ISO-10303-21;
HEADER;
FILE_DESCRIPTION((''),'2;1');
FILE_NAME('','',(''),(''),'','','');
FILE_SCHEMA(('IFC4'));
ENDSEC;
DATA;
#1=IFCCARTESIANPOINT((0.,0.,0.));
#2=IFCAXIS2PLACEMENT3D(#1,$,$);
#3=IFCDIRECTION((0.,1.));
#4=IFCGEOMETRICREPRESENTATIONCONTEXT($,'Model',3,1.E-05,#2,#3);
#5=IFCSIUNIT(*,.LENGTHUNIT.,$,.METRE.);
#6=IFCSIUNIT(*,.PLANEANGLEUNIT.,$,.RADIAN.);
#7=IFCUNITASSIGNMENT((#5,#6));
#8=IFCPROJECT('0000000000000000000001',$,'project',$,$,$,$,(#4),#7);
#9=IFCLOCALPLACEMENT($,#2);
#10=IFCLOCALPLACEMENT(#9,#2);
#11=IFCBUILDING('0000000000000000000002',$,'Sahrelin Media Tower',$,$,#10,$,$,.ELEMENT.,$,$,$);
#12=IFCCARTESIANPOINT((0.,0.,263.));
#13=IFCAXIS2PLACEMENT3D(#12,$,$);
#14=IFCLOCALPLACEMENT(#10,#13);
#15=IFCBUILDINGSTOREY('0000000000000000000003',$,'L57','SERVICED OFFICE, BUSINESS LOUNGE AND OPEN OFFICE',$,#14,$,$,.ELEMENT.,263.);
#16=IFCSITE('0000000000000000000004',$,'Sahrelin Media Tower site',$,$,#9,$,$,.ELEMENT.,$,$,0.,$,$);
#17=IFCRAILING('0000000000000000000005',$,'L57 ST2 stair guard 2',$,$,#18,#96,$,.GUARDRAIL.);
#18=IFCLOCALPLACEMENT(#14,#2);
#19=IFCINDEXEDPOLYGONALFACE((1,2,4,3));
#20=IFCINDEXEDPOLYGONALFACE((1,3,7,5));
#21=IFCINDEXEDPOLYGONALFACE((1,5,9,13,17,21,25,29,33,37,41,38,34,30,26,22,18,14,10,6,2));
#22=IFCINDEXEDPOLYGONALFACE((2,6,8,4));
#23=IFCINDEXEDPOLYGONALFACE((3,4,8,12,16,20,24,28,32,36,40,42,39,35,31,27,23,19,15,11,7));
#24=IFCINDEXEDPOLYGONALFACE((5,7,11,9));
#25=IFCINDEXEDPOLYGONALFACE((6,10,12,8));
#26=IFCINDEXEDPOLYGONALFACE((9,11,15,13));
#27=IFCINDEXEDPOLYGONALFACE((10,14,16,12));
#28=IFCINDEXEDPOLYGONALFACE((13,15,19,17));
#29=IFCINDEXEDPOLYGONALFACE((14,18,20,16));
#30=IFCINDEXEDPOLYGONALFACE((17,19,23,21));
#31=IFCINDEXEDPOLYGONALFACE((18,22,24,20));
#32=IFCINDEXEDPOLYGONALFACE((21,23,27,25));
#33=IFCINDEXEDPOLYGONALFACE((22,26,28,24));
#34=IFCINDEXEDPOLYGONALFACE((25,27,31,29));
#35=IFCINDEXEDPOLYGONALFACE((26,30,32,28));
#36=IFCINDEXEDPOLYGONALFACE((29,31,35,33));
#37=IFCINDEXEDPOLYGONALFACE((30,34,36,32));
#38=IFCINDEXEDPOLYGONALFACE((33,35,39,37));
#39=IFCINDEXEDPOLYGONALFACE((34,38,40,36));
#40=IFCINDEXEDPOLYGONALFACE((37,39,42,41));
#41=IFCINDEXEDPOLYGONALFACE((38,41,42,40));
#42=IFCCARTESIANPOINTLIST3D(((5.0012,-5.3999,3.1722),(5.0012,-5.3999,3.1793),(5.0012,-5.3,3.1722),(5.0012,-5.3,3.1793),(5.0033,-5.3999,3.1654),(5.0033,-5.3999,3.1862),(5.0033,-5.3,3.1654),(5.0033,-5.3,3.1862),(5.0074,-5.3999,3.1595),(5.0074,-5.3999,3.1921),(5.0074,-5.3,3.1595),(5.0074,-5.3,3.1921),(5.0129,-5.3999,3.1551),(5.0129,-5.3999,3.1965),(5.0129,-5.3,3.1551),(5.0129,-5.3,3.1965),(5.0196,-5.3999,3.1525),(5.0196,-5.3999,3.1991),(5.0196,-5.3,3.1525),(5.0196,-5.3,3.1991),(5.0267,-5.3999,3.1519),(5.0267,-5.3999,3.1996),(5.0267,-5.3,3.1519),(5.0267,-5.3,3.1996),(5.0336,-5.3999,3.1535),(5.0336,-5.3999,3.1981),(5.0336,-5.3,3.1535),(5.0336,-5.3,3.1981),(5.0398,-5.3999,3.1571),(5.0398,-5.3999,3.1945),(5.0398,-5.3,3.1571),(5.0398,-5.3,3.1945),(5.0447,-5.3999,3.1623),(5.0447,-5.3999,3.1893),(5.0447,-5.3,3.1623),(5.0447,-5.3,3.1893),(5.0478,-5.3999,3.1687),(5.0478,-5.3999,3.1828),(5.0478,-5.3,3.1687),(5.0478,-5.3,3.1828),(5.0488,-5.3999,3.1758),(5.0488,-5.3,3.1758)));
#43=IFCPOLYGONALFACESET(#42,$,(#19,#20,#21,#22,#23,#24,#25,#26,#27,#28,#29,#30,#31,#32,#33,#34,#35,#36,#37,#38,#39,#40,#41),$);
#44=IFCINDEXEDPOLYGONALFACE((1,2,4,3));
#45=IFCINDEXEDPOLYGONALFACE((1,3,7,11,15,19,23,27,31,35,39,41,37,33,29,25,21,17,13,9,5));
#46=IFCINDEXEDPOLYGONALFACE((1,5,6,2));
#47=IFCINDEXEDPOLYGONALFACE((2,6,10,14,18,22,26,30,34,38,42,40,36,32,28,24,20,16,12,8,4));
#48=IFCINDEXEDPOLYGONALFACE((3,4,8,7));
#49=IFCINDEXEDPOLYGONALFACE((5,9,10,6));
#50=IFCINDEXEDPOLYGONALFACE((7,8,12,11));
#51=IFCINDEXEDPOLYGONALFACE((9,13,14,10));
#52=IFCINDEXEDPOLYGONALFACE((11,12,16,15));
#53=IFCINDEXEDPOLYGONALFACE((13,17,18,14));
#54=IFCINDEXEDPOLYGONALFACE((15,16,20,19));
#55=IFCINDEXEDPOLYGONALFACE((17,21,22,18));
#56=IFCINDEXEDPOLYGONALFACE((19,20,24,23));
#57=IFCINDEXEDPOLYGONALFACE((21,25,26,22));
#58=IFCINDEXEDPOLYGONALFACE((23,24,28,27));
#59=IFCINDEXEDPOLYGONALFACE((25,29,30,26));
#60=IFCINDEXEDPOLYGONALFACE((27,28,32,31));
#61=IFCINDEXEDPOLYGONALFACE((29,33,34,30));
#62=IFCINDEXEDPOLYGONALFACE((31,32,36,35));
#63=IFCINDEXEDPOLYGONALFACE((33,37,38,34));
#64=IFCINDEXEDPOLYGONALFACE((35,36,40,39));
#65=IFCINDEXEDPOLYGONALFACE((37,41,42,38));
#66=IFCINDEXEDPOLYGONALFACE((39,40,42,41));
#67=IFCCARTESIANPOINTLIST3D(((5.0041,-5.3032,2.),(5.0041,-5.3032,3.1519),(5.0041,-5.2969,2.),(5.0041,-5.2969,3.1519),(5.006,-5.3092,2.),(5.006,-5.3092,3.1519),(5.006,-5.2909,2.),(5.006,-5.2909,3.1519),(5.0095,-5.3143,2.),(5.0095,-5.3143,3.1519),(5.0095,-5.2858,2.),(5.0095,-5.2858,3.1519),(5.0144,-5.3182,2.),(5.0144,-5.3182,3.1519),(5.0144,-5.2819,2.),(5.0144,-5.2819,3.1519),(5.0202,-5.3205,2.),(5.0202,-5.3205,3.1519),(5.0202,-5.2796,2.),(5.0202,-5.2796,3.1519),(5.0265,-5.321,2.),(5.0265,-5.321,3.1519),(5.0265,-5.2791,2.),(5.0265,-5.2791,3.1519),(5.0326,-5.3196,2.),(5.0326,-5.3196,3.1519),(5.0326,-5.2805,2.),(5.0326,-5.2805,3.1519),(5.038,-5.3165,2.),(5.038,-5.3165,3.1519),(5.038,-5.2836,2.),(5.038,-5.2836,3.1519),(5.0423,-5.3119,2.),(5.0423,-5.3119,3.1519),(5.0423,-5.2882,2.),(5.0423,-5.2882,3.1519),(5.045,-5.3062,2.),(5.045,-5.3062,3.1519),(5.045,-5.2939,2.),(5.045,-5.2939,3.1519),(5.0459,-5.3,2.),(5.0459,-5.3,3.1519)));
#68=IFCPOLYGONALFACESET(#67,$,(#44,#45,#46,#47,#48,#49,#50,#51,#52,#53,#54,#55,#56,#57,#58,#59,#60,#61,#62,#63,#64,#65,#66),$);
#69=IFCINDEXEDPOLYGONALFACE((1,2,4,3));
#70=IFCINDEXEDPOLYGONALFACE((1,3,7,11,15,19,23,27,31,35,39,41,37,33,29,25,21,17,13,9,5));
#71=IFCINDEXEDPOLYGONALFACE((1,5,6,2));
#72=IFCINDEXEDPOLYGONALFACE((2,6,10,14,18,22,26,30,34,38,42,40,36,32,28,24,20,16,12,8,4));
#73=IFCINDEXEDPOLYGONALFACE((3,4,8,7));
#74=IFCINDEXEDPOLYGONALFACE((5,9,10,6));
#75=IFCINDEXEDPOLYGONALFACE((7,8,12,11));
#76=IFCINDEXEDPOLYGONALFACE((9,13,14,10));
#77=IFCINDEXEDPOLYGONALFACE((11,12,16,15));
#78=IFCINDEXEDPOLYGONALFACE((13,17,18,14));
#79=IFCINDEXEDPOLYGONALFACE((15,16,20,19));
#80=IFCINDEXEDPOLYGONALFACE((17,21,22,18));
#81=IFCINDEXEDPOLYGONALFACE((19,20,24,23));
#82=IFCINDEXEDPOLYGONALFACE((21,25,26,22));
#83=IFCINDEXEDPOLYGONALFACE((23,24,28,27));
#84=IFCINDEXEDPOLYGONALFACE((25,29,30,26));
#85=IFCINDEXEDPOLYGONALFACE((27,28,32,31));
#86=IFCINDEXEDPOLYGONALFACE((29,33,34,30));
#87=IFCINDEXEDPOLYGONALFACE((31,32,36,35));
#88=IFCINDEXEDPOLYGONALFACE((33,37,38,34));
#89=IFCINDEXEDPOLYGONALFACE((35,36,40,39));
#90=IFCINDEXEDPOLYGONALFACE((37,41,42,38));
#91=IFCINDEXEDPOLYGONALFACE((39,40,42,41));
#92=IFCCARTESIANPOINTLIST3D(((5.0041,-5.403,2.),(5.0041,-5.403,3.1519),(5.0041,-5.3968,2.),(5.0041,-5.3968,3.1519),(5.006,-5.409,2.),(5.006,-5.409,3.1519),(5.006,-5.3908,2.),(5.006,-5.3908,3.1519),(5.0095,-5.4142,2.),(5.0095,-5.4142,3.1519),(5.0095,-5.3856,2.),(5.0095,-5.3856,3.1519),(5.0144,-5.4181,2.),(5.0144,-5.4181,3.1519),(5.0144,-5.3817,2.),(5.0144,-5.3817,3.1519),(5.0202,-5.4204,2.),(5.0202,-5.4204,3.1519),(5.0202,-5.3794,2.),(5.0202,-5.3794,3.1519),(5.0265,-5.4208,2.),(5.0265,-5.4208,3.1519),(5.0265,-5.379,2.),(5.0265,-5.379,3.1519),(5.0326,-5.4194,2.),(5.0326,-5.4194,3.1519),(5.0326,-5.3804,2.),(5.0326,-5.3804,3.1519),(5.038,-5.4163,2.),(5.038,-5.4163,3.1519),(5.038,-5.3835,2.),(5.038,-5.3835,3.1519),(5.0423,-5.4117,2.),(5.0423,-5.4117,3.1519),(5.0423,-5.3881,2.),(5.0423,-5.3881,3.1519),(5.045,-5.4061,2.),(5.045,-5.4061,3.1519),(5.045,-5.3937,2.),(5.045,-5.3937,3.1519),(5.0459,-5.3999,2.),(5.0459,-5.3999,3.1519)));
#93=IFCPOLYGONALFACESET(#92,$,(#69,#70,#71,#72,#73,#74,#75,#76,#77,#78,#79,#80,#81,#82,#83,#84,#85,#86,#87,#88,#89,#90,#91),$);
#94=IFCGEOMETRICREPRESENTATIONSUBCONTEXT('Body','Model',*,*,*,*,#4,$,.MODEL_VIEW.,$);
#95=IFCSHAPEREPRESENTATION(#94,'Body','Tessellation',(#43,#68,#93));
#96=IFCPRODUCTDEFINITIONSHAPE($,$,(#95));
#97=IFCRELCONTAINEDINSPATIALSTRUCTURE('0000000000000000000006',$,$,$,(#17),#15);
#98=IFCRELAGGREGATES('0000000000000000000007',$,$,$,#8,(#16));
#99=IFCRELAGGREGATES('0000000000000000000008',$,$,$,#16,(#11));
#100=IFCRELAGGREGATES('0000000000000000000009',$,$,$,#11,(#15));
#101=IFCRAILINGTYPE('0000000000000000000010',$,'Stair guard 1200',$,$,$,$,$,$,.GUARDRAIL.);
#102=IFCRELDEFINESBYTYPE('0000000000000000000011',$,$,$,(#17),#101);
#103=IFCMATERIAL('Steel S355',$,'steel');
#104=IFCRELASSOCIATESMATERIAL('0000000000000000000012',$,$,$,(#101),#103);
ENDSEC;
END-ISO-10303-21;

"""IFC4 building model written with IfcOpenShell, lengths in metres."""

from ifc_helpers import new_model, si_unit, direction, frame, origin, origin_2d, place, context, subcontext, project, spatial, circle, extrude, material, type_object, element, save


model = new_model("IFC4")

# Units and contexts
model_context = context("Model", 3, precision=1e-05, world=origin(), true_north=direction((0.0, 1.0)))
body_context = subcontext(model_context, "Body", "Model", "MODEL_VIEW")
ifc_project = project(units=[si_unit("LENGTHUNIT", "METRE"), si_unit("PLANEANGLEUNIT", "RADIAN")], contexts=[model_context])

# Site, building, storey
site_placement = place(None, origin())
site = spatial("IfcSite", under=ifc_project, at=site_placement, Name="Sahrelin Media Tower site", CompositionType="ELEMENT", RefElevation=0.0)
building_placement = place(site_placement, origin())
building = spatial("IfcBuilding", under=site, at=building_placement, Name="Sahrelin Media Tower", CompositionType="ELEMENT")
storey_placement = place(building_placement, frame((0.0, 0.0, 263.0)))
storey = spatial("IfcBuildingStorey", under=building, at=storey_placement, Name="L57", Description="SERVICED OFFICE, BUSINESS LOUNGE AND OPEN OFFICE", CompositionType="ELEMENT", Elevation=263.0)

# Railing
ifc_material_1 = material(Name="Steel S355", Category="steel")
railing_type_1 = type_object("IfcRailingType", Name="Stair guard 1200", PredefinedType="GUARDRAIL", material=ifc_material_1)
railing_1_placement = place(storey_placement, frame((5.0249, -5.3, 2.0)))
element("IfcRailing", 1, at=railing_1_placement, inside=storey, type_object=railing_type_1, Name="L57 ST2 stair guard 2", PredefinedType="GUARDRAIL", context=body_context, shape_type="SweptSolid", body=[
    extrude(circle(Radius=0.0239, at=origin_2d()), frame((0.0, 0.0, 1.1758), z_axis=(0.0, -1.0, 0.0), x_axis=(1.0, 0.0, 0.0)), (0.0, 0.0, 1.0), 0.0999),
    extrude(circle(Radius=0.021, at=origin_2d()), origin(), (0.0, 0.0, 1.0), 1.1519),
    extrude(circle(Radius=0.021, at=origin_2d()), frame((0.0, -0.0999, 0.0)), (0.0, 0.0, 1.0), 1.1519),
])

save(model, "model.ifc")
